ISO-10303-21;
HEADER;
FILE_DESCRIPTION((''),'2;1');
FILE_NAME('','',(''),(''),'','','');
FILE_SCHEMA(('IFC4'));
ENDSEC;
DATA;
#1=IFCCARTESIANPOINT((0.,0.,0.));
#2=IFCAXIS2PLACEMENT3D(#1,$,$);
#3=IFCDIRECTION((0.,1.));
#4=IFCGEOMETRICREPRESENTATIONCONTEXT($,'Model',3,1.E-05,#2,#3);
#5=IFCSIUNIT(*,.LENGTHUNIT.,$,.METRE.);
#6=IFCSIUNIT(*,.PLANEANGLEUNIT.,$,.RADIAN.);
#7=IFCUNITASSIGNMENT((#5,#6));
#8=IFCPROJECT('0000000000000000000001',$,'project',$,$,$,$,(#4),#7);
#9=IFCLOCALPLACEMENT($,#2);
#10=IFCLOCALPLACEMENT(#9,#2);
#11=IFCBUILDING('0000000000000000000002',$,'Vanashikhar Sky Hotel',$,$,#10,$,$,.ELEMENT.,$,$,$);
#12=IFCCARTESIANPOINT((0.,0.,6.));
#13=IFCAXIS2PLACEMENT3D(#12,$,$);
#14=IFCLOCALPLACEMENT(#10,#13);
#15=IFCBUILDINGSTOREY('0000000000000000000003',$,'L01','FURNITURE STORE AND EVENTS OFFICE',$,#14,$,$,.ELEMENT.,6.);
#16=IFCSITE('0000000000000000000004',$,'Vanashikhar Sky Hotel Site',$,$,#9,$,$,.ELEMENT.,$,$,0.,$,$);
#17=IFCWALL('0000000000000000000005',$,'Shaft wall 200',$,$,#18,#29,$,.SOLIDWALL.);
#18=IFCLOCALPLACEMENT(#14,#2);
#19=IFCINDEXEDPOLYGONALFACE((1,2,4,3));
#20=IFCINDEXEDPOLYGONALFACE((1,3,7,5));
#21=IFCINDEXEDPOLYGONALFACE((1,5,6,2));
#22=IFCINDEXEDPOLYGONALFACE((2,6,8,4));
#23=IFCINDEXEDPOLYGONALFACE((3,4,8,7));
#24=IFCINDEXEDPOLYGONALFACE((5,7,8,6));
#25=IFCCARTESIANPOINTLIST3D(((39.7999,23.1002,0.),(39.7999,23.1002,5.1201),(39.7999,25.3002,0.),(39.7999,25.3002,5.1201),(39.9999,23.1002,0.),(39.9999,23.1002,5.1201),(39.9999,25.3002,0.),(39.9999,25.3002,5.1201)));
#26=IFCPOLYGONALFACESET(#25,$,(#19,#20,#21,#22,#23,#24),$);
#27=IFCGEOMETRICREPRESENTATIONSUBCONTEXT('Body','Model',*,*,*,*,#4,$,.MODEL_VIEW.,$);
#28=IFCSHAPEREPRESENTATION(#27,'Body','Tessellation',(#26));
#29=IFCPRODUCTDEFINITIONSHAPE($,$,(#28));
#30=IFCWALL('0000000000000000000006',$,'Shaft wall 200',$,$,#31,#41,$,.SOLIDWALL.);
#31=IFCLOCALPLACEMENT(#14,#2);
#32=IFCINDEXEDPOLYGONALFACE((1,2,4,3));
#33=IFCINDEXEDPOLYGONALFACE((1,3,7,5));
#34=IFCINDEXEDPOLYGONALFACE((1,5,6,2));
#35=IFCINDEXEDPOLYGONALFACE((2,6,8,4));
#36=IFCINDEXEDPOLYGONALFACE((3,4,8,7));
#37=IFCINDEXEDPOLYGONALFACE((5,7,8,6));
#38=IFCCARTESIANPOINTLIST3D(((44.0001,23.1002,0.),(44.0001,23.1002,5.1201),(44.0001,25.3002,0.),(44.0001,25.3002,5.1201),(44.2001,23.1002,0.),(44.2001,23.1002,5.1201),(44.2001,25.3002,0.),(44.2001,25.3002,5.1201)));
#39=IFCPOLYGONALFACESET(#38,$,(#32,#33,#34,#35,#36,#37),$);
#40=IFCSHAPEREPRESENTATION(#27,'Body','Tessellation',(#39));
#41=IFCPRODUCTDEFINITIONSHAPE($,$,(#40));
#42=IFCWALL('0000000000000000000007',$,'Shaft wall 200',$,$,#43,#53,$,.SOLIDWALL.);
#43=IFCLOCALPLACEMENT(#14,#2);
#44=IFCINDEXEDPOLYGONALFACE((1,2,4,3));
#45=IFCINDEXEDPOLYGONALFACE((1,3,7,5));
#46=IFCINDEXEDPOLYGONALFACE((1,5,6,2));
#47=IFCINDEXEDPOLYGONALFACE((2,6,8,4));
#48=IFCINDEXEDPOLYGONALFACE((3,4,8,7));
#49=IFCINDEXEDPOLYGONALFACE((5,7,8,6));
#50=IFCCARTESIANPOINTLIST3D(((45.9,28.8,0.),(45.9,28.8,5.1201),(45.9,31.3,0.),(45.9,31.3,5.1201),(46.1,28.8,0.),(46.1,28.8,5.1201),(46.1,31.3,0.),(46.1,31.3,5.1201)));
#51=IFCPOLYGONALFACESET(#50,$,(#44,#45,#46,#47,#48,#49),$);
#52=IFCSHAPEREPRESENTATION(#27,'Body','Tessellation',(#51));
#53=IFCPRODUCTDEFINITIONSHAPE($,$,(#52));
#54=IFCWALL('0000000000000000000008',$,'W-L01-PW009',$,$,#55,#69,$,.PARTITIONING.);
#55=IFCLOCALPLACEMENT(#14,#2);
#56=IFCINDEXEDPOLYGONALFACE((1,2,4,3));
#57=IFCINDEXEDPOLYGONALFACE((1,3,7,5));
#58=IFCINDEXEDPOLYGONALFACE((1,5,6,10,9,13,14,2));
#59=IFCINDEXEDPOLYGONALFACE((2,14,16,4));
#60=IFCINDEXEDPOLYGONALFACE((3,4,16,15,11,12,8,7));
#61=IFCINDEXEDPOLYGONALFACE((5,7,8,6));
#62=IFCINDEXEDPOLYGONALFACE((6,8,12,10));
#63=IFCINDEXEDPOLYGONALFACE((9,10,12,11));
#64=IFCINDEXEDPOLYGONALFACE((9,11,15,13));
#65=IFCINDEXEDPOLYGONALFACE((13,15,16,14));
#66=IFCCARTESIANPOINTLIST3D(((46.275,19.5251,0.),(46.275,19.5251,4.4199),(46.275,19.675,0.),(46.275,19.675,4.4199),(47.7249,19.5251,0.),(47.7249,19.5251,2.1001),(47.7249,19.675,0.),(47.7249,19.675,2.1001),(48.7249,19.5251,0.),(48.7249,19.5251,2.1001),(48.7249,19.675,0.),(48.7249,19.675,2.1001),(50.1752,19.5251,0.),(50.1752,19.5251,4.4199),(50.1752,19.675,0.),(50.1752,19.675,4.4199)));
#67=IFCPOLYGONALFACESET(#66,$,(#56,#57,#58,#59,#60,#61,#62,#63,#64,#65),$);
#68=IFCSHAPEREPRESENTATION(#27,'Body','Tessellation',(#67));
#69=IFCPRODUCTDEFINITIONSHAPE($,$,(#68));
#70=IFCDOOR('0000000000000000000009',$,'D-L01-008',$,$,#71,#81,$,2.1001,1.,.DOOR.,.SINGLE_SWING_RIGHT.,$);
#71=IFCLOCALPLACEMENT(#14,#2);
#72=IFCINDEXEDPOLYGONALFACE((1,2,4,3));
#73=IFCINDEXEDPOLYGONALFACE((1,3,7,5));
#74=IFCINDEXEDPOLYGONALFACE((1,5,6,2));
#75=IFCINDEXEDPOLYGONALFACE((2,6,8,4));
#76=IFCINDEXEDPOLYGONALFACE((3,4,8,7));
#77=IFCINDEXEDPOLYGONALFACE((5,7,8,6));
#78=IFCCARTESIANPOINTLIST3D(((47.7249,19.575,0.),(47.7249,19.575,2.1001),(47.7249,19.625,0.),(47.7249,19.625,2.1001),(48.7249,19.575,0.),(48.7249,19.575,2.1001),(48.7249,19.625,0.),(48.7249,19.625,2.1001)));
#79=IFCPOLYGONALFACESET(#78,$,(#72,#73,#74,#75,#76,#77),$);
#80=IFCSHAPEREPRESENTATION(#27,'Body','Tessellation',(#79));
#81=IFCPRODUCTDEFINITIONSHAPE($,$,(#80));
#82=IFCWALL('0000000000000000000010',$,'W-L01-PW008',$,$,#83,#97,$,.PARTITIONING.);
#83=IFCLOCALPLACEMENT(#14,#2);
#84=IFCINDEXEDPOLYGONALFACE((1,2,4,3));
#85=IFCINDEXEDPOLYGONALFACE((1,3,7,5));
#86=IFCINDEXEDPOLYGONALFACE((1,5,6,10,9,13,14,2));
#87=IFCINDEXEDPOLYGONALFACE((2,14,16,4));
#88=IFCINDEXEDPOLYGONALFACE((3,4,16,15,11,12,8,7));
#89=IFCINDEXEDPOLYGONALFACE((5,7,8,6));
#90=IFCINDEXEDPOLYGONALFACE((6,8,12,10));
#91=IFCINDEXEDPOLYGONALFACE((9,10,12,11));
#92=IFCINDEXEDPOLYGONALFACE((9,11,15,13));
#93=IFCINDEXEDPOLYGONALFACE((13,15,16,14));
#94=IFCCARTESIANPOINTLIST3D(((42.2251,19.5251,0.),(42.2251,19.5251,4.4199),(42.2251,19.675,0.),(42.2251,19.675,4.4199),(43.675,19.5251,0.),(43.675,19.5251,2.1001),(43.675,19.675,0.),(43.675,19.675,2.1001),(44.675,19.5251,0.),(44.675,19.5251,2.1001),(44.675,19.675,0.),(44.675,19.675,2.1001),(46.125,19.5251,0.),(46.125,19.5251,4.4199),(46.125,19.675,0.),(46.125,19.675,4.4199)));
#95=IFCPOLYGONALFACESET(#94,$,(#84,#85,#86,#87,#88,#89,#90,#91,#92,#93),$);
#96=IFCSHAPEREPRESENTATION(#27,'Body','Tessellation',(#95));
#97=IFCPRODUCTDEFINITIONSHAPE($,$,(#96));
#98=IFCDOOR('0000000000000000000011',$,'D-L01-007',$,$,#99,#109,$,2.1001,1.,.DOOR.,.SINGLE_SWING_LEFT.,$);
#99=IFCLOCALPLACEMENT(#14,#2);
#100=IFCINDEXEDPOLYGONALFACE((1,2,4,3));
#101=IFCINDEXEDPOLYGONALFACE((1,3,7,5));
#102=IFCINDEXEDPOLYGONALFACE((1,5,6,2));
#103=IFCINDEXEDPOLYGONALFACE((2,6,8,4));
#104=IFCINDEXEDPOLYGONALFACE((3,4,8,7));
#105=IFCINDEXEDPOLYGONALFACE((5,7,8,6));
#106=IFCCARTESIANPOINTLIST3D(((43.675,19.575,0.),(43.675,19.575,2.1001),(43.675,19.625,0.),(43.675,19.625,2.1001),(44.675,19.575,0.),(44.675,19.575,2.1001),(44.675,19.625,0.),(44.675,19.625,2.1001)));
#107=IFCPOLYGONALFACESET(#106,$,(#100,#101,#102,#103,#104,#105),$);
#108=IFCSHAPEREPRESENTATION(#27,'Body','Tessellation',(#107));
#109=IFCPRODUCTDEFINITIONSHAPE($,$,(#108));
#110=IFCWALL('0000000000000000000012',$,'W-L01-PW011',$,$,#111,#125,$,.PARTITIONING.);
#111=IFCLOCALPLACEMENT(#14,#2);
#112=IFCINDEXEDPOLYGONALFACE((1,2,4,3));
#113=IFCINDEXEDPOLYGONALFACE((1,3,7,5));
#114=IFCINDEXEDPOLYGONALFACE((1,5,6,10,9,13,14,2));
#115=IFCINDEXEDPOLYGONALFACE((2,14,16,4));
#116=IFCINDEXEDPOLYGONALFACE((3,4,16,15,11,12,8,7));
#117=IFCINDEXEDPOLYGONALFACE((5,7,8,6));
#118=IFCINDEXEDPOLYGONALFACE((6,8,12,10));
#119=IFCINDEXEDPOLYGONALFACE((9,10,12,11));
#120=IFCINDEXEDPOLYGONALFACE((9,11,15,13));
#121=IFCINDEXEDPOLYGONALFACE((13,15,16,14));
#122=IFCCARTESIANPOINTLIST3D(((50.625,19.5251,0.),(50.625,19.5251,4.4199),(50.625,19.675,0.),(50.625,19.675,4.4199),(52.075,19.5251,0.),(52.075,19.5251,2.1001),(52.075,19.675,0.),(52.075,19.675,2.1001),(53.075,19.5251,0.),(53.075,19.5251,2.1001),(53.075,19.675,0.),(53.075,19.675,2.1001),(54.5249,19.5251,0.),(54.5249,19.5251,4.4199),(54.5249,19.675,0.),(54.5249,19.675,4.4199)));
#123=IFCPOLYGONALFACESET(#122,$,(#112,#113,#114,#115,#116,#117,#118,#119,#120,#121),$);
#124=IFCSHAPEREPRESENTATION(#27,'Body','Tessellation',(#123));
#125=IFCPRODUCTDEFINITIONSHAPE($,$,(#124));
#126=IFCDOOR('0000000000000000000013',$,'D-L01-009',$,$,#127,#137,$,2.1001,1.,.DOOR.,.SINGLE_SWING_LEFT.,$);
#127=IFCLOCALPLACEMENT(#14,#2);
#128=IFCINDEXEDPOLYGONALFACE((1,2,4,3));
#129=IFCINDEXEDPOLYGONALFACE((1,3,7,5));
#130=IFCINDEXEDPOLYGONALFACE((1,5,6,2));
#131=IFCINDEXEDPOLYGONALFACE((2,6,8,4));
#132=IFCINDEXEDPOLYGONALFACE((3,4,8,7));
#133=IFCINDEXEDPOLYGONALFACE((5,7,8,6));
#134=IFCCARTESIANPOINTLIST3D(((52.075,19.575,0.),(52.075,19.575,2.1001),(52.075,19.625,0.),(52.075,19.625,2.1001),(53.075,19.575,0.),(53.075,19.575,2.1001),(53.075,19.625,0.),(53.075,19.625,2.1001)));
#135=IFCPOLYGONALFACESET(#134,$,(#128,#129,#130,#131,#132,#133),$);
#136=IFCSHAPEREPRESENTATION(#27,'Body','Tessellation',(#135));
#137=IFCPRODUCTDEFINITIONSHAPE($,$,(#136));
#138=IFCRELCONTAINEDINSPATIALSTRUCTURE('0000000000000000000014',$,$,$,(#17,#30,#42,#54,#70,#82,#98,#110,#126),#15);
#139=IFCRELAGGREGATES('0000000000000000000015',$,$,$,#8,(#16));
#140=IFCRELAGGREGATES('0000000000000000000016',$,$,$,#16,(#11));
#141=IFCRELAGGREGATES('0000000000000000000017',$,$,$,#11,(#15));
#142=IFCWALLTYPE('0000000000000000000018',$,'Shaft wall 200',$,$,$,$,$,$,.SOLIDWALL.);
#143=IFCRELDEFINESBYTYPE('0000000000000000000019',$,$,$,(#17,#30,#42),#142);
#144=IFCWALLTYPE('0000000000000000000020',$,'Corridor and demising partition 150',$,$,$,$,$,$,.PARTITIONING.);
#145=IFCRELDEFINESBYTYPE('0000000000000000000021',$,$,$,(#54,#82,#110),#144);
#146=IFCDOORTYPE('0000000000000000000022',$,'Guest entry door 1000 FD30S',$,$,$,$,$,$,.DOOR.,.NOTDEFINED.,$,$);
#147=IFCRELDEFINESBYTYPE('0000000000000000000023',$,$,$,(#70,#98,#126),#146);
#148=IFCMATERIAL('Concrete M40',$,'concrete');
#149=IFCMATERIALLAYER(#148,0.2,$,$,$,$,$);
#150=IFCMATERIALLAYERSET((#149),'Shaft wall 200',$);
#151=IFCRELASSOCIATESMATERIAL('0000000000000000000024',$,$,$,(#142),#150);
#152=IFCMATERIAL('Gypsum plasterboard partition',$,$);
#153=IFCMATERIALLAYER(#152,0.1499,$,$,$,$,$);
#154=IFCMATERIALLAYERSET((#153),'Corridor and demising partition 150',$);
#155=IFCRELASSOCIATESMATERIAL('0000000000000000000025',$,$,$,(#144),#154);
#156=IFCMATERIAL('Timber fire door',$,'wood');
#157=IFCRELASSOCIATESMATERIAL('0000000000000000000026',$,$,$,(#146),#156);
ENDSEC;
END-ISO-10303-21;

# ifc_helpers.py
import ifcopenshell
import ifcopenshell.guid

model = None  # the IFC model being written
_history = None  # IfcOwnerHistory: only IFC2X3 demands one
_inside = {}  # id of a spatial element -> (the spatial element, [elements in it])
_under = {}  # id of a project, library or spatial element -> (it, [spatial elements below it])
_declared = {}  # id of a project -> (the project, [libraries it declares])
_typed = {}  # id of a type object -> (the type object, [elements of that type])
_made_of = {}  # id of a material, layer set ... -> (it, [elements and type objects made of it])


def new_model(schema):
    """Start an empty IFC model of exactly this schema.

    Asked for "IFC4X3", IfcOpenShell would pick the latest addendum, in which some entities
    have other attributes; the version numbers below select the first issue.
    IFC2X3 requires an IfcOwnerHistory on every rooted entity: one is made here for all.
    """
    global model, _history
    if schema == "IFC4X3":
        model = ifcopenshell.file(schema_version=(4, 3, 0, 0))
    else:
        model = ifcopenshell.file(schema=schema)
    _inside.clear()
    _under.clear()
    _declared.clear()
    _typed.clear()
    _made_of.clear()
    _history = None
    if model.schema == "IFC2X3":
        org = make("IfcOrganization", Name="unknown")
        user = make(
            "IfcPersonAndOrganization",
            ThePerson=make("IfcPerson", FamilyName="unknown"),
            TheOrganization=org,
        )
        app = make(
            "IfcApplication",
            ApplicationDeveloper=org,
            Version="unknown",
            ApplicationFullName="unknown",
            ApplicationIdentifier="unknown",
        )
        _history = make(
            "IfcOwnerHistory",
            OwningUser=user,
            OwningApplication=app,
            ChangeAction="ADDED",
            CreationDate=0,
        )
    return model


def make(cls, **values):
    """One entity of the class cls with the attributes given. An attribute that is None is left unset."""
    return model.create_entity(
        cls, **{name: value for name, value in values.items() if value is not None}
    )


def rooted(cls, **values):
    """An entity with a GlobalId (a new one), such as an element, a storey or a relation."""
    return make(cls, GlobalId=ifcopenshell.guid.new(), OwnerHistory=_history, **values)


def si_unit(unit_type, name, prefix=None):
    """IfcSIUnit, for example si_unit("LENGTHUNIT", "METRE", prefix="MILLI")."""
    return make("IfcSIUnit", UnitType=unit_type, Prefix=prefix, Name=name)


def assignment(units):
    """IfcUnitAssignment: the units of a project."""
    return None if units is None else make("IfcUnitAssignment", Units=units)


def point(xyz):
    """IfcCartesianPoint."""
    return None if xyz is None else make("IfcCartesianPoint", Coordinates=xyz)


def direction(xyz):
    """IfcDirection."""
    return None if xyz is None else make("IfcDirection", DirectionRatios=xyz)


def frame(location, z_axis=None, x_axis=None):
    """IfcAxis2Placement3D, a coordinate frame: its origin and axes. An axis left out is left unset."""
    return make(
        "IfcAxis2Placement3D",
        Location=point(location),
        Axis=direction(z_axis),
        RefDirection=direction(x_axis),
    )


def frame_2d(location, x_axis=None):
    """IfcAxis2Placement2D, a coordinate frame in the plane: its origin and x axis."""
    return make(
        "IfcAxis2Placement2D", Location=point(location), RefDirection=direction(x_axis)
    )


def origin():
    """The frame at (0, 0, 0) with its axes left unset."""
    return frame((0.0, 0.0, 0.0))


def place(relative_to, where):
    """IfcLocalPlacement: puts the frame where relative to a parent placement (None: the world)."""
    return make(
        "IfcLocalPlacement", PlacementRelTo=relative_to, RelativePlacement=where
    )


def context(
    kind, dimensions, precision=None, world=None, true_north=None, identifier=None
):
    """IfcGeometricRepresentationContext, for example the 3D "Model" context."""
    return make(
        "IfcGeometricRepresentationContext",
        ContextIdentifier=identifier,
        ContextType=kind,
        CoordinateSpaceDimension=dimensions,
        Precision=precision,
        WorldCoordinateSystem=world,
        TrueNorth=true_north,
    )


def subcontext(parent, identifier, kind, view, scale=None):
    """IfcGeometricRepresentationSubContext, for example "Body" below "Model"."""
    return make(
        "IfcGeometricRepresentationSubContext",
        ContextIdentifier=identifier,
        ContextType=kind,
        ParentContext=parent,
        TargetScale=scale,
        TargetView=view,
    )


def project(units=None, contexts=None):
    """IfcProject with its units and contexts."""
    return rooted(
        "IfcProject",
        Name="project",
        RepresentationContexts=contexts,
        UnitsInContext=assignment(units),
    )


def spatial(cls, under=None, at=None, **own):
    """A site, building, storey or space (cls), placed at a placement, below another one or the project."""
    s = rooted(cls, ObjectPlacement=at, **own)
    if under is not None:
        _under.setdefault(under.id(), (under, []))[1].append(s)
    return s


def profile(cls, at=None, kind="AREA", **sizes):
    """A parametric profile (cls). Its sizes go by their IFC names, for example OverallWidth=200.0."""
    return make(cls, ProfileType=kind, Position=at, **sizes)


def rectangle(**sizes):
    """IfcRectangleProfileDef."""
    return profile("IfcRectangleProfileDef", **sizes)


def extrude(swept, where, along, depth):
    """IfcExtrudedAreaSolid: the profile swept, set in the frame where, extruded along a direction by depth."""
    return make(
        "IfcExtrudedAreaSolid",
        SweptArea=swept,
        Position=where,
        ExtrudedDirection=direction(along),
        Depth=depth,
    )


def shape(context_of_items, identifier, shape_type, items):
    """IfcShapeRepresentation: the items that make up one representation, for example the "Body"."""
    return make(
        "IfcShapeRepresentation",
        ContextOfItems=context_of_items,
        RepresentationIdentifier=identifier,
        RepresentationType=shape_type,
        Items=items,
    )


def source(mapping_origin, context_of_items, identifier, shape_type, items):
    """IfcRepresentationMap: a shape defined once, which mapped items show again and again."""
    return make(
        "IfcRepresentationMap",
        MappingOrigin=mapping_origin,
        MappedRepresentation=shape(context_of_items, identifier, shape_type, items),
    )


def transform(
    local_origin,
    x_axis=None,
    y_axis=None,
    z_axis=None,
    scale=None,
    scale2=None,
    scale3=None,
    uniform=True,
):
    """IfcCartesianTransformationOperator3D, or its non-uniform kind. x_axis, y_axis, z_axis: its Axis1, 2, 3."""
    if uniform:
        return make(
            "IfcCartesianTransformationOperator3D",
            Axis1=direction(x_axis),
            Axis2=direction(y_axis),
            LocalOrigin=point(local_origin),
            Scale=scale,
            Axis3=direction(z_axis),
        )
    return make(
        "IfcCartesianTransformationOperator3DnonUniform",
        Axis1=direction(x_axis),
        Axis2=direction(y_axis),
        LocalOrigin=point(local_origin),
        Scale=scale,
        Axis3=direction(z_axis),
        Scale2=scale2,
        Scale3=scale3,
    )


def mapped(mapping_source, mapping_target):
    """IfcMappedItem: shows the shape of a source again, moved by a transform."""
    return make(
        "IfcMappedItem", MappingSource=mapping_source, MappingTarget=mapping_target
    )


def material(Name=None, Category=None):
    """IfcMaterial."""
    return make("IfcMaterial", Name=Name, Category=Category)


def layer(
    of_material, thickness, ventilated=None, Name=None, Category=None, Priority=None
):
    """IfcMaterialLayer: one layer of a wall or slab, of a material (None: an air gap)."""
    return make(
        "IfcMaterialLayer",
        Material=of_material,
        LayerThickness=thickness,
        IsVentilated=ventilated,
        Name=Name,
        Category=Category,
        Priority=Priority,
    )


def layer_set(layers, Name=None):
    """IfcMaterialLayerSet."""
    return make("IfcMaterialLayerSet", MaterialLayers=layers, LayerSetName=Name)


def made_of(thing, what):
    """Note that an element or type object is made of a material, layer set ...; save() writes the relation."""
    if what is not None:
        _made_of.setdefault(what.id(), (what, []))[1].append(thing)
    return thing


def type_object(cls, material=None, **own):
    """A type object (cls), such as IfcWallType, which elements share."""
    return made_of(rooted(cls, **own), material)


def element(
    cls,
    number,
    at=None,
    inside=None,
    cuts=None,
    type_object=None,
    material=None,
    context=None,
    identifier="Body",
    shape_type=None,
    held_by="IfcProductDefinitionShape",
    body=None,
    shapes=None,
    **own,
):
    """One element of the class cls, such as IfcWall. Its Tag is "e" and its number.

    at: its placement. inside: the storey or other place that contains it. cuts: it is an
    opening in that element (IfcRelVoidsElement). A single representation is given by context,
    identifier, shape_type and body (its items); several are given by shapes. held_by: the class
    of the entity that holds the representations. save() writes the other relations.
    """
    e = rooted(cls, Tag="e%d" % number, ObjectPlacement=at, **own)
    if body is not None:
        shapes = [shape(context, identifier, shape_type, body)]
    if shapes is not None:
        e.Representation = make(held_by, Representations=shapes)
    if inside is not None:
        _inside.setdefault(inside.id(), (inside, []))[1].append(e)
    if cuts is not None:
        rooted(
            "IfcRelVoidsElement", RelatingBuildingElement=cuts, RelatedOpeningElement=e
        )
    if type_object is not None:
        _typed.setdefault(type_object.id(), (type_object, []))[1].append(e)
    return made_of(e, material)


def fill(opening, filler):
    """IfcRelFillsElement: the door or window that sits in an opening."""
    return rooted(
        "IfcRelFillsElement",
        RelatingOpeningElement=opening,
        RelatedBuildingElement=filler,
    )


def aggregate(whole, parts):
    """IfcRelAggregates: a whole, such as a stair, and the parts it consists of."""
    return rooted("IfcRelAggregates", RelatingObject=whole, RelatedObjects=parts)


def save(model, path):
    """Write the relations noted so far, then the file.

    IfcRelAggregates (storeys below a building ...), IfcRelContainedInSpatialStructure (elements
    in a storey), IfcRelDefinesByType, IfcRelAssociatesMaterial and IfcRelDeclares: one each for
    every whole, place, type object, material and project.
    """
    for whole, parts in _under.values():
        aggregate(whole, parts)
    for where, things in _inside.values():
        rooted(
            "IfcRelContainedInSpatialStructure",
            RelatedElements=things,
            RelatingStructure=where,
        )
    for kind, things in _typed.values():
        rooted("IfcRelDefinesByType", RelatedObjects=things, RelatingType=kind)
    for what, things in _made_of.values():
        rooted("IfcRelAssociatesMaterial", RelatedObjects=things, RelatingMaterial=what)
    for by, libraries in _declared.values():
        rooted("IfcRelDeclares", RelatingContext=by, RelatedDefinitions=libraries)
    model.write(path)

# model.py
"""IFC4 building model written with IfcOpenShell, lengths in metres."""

from ifc_helpers import new_model, si_unit, direction, frame, frame_2d, origin, place, context, subcontext, project, spatial, rectangle, extrude, source, transform, mapped, material, layer, layer_set, type_object, element, fill, save


model = new_model("IFC4")

# Units and contexts
model_context = context("Model", 3, precision=1e-05, world=origin(), true_north=direction((0.0, 1.0)))
body_context = subcontext(model_context, "Body", "Model", "MODEL_VIEW")
ifc_project = project(units=[si_unit("LENGTHUNIT", "METRE"), si_unit("PLANEANGLEUNIT", "RADIAN")], contexts=[model_context])

# Site, building, storey
site_placement = place(None, origin())
site = spatial("IfcSite", under=ifc_project, at=site_placement, Name="Vanashikhar Sky Hotel Site", CompositionType="ELEMENT", RefElevation=0.0)
building_placement = place(site_placement, origin())
building = spatial("IfcBuilding", under=site, at=building_placement, Name="Vanashikhar Sky Hotel", CompositionType="ELEMENT")
storey_placement = place(building_placement, frame((0.0, 0.0, 6.0)))
storey = spatial("IfcBuildingStorey", under=building, at=storey_placement, Name="L01", Description="FURNITURE STORE AND EVENTS OFFICE", CompositionType="ELEMENT", Elevation=6.0)

# Shared definitions
ifc_material_1 = material(Name="Concrete M40", Category="concrete")
ifc_layer_1 = layer(ifc_material_1, 0.2)
ifc_layer_set_1 = layer_set([ifc_layer_1], Name="Shaft wall 200")
wall_type_1 = type_object("IfcWallType", Name="Shaft wall 200", PredefinedType="SOLIDWALL", material=ifc_layer_set_1)

# Walls
shared_shape_1 = source(origin(), body_context, "Body", "SweptSolid", [
    extrude(rectangle(XDim=2.2, YDim=0.2, at=frame_2d((1.1001, 0.0))), origin(), (0.0, 0.0, 1.0), 5.1201),
])
for number, where, z_axis, x_axis, name in (
    (1, (39.8999, 23.1001, 0.0), (0.0, 0.0, 1.0), (0.0, 1.0, 0.0), "Shaft wall 200"),
    (2, (44.1001, 23.1001, 0.0), (0.0, 0.0, 1.0), (0.0, 1.0, 0.0), "Shaft wall 200"),
):
    element("IfcWall", number, at=place(storey_placement, frame(where, z_axis=z_axis, x_axis=x_axis)), inside=storey, type_object=wall_type_1, Name=name, PredefinedType="SOLIDWALL", context=body_context, shape_type="MappedRepresentation", body=[
        mapped(shared_shape_1, transform((0.0, 0.0, 0.0), scale=1.0)),
    ])
shared_shape_2 = source(origin(), body_context, "Body", "SweptSolid", [
    extrude(rectangle(XDim=2.5, YDim=0.2, at=frame_2d((1.25, 0.0))), origin(), (0.0, 0.0, 1.0), 5.1201),
])
wall_1_placement = place(storey_placement, frame((46.0, 28.8, 0.0), z_axis=(0.0, 0.0, 1.0), x_axis=(0.0, 1.0, 0.0)))
element("IfcWall", 3, at=wall_1_placement, inside=storey, type_object=wall_type_1, Name="Shaft wall 200", PredefinedType="SOLIDWALL", context=body_context, shape_type="MappedRepresentation", body=[
    mapped(shared_shape_2, transform((0.0, 0.0, 0.0), scale=1.0)),
])

# Walls, openings, doors
ifc_material_2 = material(Name="Gypsum plasterboard partition")
ifc_layer_2 = layer(ifc_material_2, 0.1499)
ifc_layer_set_2 = layer_set([ifc_layer_2], Name="Corridor and demising partition 150")
wall_type_2 = type_object("IfcWallType", Name="Corridor and demising partition 150", PredefinedType="PARTITIONING", material=ifc_layer_set_2)
shared_shape_3 = source(origin(), body_context, "Body", "SweptSolid", [
    extrude(rectangle(XDim=3.9001, YDim=0.1499, at=frame_2d((1.9502, 0.0))), origin(), (0.0, 0.0, 1.0), 4.4199),
])
wall_2_placement = place(storey_placement, frame((46.2749, 19.6001, 0.0), z_axis=(0.0, 0.0, 1.0), x_axis=(1.0, 0.0, 0.0)))
wall_2 = element("IfcWall", 4, at=wall_2_placement, inside=storey, type_object=wall_type_2, Name="W-L01-PW009", PredefinedType="PARTITIONING", context=body_context, shape_type="MappedRepresentation", body=[
    mapped(shared_shape_3, transform((0.0, 0.0, 0.0), scale=1.0)),
])
shared_shape_4 = source(origin(), body_context, "Body", "SweptSolid", [
    extrude(rectangle(XDim=1.0, YDim=2.1001, at=frame_2d((0.5, 1.05))), frame((0.0, 0.085, 0.0), z_axis=(0.0, -1.0, 0.0), x_axis=(1.0, 0.0, 0.0)), (0.0, 0.0, 1.0), 0.1699),
])
opening_1_placement = place(wall_2_placement, frame((1.45, 0.0, 0.0)))
opening_1 = element("IfcOpeningElement", 5, at=opening_1_placement, cuts=wall_2, PredefinedType="OPENING", context=body_context, shape_type="MappedRepresentation", body=[
    mapped(shared_shape_4, transform((0.0, 0.0, 0.0), scale=1.0)),
])
ifc_material_3 = material(Name="Timber fire door", Category="wood")
door_type_1 = type_object("IfcDoorType", Name="Guest entry door 1000 FD30S", OperationType="NOTDEFINED", PredefinedType="DOOR", material=ifc_material_3)
shared_shape_5 = source(origin(), body_context, "Body", "SweptSolid", [
    extrude(rectangle(XDim=1.0, YDim=2.1001, at=frame_2d((0.5, 1.05))), frame((0.0, 0.0249, 0.0), z_axis=(0.0, -1.0, 0.0), x_axis=(1.0, 0.0, 0.0)), (0.0, 0.0, 1.0), 0.05),
])
door_1_placement = place(opening_1_placement, origin())
door_1 = element("IfcDoor", 6, at=door_1_placement, inside=storey, type_object=door_type_1, Name="D-L01-008", OperationType="SINGLE_SWING_RIGHT", OverallHeight=2.1001, OverallWidth=1.0, PredefinedType="DOOR", context=body_context, shape_type="MappedRepresentation", body=[
    mapped(shared_shape_5, transform((0.0, 0.0, 0.0), scale=1.0)),
])
fill(opening_1, door_1)
shared_shape_6 = source(origin(), body_context, "Body", "SweptSolid", [
    extrude(rectangle(XDim=3.8999, YDim=0.1499, at=frame_2d((1.95, 0.0))), origin(), (0.0, 0.0, 1.0), 4.4199),
])
wall_3_placement = place(storey_placement, frame((42.2251, 19.6001, 0.0), z_axis=(0.0, 0.0, 1.0), x_axis=(1.0, 0.0, 0.0)))
wall_3 = element("IfcWall", 7, at=wall_3_placement, inside=storey, type_object=wall_type_2, Name="W-L01-PW008", PredefinedType="PARTITIONING", context=body_context, shape_type="MappedRepresentation", body=[
    mapped(shared_shape_6, transform((0.0, 0.0, 0.0), scale=1.0)),
])
opening_2_placement = place(wall_3_placement, frame((1.45, 0.0, 0.0)))
opening_2 = element("IfcOpeningElement", 8, at=opening_2_placement, cuts=wall_3, PredefinedType="OPENING", context=body_context, shape_type="MappedRepresentation", body=[
    mapped(shared_shape_4, transform((0.0, 0.0, 0.0), scale=1.0)),
])
door_2_placement = place(opening_2_placement, origin())
door_2 = element("IfcDoor", 9, at=door_2_placement, inside=storey, type_object=door_type_1, Name="D-L01-007", OperationType="SINGLE_SWING_LEFT", OverallHeight=2.1001, OverallWidth=1.0, PredefinedType="DOOR", context=body_context, shape_type="MappedRepresentation", body=[
    mapped(shared_shape_5, transform((0.0, 0.0, 0.0), scale=1.0)),
])
fill(opening_2, door_2)
wall_4_placement = place(storey_placement, frame((50.625, 19.6001, 0.0), z_axis=(0.0, 0.0, 1.0), x_axis=(1.0, 0.0, 0.0)))
wall_4 = element("IfcWall", 10, at=wall_4_placement, inside=storey, type_object=wall_type_2, Name="W-L01-PW011", PredefinedType="PARTITIONING", context=body_context, shape_type="MappedRepresentation", body=[
    mapped(shared_shape_6, transform((0.0, 0.0, 0.0), scale=1.0)),
])
opening_3_placement = place(wall_4_placement, frame((1.45, 0.0, 0.0)))
opening_3 = element("IfcOpeningElement", 11, at=opening_3_placement, cuts=wall_4, PredefinedType="OPENING", context=body_context, shape_type="MappedRepresentation", body=[
    mapped(shared_shape_4, transform((0.0, 0.0, 0.0), scale=1.0)),
])
door_3_placement = place(opening_3_placement, origin())
door_3 = element("IfcDoor", 12, at=door_3_placement, inside=storey, type_object=door_type_1, Name="D-L01-009", OperationType="SINGLE_SWING_LEFT", OverallHeight=2.1001, OverallWidth=1.0, PredefinedType="DOOR", context=body_context, shape_type="MappedRepresentation", body=[
    mapped(shared_shape_5, transform((0.0, 0.0, 0.0), scale=1.0)),
])
fill(opening_3, door_3)

save(model, "model.ifc")
